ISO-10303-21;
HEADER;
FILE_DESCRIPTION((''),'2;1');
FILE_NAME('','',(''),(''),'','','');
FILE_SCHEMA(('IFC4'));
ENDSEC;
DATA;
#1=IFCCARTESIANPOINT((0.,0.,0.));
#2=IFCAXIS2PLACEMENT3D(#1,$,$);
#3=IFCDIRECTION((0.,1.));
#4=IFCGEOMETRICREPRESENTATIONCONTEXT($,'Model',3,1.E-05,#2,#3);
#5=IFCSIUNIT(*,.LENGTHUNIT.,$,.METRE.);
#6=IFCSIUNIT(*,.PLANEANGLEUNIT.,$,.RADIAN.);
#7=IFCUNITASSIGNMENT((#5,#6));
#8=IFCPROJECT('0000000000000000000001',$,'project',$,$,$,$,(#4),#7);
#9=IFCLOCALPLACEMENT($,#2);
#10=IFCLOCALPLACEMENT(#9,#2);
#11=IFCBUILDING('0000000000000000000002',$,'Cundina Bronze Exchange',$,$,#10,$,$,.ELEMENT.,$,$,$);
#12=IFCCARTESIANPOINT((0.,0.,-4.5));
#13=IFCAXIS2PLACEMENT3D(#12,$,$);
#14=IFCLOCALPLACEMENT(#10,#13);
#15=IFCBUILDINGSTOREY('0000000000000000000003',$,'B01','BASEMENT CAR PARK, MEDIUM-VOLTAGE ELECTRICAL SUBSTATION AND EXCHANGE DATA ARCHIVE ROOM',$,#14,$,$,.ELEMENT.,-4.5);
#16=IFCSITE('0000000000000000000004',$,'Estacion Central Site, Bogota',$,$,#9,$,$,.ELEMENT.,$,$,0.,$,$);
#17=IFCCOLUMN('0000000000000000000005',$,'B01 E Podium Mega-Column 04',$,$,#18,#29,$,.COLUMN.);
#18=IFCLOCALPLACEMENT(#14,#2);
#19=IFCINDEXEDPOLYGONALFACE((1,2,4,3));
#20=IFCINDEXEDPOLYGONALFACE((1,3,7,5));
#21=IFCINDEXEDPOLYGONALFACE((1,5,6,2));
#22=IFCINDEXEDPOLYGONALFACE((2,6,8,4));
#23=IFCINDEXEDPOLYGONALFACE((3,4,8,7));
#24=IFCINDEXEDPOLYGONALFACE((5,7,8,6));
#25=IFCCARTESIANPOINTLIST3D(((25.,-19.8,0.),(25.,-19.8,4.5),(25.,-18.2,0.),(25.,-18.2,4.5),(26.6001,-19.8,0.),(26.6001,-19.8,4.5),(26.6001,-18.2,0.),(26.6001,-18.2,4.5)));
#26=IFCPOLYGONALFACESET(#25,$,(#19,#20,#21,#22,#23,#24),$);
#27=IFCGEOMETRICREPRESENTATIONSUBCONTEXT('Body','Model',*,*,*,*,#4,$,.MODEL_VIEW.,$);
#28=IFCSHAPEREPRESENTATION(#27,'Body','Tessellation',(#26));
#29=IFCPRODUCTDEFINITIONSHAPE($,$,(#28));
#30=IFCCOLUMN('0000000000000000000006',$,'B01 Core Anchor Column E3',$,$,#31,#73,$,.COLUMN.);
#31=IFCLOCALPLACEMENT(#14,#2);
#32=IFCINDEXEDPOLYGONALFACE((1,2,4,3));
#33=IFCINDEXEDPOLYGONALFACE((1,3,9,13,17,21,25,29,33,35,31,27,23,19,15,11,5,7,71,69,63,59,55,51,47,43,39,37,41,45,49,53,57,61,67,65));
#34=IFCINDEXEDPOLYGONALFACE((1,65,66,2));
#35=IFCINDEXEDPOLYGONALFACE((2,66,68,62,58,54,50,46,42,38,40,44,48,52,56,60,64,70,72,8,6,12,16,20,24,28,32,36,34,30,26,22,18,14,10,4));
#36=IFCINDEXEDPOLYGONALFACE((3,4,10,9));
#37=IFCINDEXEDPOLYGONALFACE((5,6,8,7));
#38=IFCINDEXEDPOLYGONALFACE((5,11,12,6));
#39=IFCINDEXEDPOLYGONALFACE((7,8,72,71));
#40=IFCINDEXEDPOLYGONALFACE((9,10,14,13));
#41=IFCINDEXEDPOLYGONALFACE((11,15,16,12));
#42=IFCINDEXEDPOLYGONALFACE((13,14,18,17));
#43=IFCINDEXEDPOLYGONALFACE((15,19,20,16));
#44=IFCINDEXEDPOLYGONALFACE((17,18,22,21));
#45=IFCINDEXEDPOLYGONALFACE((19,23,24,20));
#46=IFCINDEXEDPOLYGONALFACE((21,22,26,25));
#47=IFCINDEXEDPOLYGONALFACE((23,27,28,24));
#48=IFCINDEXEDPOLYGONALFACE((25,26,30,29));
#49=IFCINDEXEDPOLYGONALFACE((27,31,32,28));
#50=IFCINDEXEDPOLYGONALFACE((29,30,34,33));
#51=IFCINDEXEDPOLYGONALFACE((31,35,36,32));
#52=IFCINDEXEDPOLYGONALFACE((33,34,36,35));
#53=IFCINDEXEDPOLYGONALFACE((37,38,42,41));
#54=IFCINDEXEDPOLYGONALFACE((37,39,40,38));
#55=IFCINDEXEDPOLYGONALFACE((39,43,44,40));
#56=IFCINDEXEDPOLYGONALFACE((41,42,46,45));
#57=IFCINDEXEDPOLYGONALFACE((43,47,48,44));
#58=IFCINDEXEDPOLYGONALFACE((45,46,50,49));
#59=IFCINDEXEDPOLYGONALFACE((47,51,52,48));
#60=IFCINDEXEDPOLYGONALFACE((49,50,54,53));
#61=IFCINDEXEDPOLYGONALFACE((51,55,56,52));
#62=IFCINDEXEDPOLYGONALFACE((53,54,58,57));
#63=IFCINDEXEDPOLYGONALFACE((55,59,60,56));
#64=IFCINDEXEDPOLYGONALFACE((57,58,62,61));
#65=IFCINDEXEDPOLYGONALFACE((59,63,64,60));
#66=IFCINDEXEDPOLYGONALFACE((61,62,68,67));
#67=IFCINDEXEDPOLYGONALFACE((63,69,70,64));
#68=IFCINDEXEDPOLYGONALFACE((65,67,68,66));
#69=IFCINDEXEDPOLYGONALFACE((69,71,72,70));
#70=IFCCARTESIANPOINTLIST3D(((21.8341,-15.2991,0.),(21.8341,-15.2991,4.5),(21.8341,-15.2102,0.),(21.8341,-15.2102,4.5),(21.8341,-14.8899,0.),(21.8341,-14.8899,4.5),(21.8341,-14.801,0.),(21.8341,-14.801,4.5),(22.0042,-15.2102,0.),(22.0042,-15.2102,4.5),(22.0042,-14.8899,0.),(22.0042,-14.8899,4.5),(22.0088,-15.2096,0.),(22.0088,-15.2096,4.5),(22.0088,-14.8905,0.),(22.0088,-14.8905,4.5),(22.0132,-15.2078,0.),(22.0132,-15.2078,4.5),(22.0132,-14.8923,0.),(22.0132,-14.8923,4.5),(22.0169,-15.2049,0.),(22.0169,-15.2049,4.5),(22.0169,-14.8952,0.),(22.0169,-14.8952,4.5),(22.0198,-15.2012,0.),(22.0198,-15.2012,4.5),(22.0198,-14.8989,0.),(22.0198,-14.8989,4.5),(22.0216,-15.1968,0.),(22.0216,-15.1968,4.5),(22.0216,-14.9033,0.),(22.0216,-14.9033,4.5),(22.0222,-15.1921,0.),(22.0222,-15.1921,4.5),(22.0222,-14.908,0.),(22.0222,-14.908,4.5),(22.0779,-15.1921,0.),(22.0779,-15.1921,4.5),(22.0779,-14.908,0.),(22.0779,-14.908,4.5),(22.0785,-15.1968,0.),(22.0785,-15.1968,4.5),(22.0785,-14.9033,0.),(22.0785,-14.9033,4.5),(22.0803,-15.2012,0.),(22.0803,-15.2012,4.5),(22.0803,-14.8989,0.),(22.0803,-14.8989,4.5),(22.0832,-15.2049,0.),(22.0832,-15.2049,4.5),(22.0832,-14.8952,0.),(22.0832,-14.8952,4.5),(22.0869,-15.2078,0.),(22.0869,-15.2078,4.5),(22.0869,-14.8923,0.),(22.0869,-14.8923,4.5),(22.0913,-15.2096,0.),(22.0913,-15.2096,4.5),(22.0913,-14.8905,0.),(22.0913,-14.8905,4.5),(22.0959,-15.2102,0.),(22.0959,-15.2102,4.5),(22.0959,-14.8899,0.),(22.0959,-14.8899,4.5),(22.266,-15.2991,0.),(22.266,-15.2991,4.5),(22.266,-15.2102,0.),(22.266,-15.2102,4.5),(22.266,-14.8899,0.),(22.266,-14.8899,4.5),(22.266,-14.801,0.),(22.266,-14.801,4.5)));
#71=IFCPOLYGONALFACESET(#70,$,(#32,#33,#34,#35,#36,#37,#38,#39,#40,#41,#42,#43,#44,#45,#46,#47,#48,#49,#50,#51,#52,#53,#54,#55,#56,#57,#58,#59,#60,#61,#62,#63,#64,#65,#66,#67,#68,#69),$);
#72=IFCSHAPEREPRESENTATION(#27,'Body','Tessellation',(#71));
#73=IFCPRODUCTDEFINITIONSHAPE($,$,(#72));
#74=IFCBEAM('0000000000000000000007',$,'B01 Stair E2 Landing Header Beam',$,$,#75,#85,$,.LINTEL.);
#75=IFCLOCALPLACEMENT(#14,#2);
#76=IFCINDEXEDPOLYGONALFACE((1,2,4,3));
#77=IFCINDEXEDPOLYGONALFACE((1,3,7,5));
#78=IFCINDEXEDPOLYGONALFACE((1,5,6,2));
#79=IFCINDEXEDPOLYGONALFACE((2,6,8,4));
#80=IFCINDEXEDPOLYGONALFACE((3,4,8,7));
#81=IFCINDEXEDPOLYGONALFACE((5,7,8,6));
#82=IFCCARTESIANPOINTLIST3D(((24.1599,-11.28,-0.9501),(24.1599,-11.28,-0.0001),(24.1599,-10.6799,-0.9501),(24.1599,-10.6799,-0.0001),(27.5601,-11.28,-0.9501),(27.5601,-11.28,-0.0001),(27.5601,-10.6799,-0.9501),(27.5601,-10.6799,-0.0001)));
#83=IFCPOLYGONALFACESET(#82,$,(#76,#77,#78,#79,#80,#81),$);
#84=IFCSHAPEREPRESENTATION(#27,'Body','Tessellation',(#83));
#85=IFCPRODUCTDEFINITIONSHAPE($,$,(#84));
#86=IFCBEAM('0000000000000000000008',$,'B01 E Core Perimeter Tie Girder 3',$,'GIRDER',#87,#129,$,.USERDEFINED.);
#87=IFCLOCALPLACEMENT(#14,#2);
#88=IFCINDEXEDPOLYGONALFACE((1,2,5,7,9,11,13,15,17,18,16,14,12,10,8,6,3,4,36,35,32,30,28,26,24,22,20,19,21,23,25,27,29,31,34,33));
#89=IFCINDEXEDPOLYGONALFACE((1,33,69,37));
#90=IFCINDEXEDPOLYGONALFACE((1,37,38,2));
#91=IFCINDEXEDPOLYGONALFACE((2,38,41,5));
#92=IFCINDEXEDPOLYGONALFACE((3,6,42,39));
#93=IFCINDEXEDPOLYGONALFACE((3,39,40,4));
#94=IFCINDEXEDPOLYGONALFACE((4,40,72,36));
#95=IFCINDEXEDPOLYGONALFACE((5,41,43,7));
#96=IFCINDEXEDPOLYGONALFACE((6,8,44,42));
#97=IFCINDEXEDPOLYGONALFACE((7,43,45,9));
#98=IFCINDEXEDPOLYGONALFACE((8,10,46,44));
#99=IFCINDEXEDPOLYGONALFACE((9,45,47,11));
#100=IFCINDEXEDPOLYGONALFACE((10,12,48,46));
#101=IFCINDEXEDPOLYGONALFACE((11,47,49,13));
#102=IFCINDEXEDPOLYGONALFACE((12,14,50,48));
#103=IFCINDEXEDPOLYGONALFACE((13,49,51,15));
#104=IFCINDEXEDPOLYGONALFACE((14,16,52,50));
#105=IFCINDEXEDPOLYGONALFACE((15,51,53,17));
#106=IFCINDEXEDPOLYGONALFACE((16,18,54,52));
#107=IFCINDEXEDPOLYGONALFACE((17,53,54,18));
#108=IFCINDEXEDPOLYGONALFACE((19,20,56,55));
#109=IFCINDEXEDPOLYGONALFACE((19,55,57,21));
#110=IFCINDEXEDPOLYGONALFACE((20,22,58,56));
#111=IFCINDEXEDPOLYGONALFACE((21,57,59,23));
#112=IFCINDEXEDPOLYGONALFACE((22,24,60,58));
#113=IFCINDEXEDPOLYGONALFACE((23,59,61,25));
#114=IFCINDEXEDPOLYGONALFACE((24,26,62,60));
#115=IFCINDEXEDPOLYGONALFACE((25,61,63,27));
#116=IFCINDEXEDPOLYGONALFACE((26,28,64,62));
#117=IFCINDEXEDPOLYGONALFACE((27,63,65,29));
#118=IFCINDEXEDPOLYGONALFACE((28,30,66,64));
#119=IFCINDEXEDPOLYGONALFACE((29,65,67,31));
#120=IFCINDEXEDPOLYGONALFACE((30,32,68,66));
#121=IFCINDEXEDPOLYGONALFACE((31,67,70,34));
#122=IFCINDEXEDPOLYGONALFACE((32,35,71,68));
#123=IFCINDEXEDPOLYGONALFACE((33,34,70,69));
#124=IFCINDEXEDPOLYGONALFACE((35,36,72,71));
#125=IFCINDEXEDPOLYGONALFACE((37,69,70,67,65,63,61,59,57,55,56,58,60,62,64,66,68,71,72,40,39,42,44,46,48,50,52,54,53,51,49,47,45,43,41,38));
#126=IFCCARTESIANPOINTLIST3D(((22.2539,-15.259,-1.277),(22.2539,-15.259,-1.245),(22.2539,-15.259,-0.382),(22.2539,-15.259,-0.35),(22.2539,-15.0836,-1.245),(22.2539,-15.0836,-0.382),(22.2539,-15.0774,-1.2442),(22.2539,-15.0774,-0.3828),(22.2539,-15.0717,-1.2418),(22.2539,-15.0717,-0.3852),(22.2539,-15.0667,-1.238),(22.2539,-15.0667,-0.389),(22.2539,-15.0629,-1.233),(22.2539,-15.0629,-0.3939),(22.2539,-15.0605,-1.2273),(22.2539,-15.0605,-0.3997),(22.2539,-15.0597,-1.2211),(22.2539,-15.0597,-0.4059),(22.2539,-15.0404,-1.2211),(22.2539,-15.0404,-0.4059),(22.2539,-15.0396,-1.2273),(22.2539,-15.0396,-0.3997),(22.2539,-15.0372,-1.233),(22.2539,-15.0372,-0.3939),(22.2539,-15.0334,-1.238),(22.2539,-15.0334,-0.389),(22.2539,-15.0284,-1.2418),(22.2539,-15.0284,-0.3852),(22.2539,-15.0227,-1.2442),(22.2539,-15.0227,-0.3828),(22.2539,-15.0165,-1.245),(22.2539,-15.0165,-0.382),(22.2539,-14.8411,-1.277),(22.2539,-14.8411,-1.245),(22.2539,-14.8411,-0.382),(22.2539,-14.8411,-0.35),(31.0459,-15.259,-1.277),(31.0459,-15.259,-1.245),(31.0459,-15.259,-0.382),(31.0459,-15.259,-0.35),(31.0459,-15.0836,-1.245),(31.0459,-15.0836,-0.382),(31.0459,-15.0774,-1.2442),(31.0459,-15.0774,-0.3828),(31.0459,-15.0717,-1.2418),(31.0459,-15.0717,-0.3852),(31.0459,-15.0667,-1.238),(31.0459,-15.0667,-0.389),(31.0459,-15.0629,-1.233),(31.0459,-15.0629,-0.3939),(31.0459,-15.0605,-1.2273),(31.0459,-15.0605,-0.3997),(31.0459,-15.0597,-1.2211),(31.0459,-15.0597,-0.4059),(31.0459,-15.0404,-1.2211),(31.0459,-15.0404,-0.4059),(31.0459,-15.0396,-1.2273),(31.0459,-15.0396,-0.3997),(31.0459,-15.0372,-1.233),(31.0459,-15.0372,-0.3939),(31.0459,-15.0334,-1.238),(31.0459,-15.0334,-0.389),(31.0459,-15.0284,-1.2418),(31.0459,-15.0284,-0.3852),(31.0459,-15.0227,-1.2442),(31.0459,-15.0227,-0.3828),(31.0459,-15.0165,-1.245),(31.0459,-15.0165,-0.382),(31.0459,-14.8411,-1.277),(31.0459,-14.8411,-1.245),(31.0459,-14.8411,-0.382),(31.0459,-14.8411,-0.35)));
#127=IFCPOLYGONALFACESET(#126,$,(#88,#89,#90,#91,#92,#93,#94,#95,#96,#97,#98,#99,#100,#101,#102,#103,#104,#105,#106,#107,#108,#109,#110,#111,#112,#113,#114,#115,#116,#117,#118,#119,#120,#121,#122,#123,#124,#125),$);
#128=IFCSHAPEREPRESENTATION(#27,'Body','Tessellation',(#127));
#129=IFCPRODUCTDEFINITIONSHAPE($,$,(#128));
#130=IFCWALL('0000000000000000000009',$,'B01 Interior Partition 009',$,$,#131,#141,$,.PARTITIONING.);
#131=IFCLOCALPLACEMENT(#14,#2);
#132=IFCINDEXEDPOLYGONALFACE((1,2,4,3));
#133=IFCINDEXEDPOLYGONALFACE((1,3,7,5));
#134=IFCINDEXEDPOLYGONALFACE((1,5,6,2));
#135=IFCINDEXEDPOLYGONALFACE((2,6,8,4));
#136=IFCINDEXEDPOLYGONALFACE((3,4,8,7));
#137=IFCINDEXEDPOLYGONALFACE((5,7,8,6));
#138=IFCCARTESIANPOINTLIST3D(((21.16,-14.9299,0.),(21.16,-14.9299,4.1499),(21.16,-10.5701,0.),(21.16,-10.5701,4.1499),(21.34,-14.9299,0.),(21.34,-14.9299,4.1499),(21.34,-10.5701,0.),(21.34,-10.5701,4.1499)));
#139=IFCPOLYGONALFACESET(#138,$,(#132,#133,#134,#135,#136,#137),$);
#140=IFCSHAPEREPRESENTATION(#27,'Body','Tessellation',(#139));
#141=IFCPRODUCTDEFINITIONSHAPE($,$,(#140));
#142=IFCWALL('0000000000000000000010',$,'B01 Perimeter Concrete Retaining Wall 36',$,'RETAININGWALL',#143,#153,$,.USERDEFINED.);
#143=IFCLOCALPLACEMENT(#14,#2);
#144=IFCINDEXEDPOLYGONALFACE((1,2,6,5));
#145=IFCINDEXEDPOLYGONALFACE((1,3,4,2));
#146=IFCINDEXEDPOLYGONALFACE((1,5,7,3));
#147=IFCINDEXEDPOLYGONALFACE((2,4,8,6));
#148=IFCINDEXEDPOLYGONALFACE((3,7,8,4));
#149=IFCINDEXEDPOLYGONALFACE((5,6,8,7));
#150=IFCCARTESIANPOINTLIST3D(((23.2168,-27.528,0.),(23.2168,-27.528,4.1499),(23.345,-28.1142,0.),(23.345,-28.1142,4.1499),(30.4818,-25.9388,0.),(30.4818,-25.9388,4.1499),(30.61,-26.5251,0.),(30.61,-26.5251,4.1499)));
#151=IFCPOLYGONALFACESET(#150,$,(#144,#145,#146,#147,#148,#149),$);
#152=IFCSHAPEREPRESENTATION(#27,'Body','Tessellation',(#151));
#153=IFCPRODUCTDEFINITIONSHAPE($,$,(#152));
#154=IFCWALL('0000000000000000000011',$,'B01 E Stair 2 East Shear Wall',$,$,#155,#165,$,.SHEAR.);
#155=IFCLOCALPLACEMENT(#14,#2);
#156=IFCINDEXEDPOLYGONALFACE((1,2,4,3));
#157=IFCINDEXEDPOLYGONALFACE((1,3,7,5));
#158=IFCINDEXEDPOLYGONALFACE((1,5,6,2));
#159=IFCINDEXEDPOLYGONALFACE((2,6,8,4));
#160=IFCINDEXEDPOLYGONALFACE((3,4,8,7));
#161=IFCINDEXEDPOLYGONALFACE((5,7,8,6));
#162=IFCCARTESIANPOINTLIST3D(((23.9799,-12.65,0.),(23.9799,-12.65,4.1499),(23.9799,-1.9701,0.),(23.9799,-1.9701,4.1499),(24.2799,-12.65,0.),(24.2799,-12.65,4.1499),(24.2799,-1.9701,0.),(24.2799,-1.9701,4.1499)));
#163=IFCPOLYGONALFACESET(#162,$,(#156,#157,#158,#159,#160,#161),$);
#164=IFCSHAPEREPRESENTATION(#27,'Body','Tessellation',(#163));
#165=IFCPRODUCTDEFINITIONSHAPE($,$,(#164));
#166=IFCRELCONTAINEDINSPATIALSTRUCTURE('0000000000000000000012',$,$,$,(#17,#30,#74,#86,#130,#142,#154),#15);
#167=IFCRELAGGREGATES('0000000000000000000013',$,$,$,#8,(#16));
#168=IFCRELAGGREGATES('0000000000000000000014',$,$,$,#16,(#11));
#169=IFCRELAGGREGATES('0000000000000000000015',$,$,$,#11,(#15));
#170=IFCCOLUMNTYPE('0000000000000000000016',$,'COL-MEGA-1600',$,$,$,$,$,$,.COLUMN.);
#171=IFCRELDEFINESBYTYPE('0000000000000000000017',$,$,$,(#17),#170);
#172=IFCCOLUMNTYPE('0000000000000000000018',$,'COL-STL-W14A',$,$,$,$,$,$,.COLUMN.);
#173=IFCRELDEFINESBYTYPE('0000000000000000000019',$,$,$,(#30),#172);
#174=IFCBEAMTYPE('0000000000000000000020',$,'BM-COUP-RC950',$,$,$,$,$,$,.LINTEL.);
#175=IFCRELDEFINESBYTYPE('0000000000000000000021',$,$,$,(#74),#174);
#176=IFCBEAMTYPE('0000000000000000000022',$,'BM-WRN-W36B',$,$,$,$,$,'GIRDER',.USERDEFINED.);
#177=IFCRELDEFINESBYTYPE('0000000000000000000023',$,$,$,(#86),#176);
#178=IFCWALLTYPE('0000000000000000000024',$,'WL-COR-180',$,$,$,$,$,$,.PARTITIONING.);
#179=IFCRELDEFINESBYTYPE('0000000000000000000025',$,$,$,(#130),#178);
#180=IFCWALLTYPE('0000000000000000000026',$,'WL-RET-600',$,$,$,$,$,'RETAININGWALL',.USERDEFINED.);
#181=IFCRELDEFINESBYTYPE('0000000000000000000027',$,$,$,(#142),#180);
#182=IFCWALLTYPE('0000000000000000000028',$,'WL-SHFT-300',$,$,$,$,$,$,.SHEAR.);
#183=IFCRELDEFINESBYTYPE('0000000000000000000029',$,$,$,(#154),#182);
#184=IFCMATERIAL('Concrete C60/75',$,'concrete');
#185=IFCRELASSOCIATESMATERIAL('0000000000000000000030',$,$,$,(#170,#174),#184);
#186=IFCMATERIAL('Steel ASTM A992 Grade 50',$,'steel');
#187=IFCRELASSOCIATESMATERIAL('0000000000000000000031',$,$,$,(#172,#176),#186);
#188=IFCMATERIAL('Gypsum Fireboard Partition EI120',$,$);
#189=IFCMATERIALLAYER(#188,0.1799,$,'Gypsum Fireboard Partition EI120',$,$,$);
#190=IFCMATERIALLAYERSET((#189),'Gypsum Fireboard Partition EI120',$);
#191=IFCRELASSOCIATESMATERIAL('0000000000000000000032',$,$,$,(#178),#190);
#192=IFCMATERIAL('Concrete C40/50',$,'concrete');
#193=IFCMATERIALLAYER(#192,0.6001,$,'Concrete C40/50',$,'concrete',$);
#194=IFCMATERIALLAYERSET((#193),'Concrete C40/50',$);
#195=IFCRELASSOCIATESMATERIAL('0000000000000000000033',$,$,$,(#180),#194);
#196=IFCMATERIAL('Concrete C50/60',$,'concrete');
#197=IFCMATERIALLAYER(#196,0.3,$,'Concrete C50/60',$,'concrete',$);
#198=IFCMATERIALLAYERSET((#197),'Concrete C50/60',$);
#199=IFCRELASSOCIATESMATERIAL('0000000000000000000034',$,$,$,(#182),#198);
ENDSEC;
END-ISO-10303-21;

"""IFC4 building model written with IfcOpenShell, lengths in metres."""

from ifc_helpers import new_model, si_unit, direction, frame, frame_2d, origin, origin_2d, place, context, subcontext, project, spatial, rectangle, i_section, extrude, material, layer, layer_set, material_profile, profile_set, type_object, element, save


model = new_model("IFC4")

# Units and contexts
model_context = context("Model", 3, precision=1e-05, world=origin(), true_north=direction((0.0, 1.0)))
body_context = subcontext(model_context, "Body", "Model", "MODEL_VIEW")
ifc_project = project(units=[si_unit("LENGTHUNIT", "METRE"), si_unit("PLANEANGLEUNIT", "RADIAN")], contexts=[model_context])

# Site, building, storey
site_placement = place(None, origin())
site = spatial("IfcSite", under=ifc_project, at=site_placement, Name="Estacion Central Site, Bogota", CompositionType="ELEMENT", RefElevation=0.0)
building_placement = place(site_placement, origin())
building = spatial("IfcBuilding", under=site, at=building_placement, Name="Cundina Bronze Exchange", CompositionType="ELEMENT")
storey_placement = place(building_placement, frame((0.0, 0.0, -4.5)))
storey = spatial("IfcBuildingStorey", under=building, at=storey_placement, Name="B01", Description="BASEMENT CAR PARK, MEDIUM-VOLTAGE ELECTRICAL SUBSTATION AND EXCHANGE DATA ARCHIVE ROOM", CompositionType="ELEMENT", Elevation=-4.5)

# Columns
ifc_material_1 = material(Name="Concrete C60/75", Category="concrete")
ifc_material_profile_1 = material_profile(ifc_material_1, rectangle(XDim=1.6001, YDim=1.6001, at=origin_2d()), Name="RC1600X1600", Category="concrete")
ifc_profile_set_1 = profile_set([ifc_material_profile_1], Name="Concrete C60/75")
column_type_1 = type_object("IfcColumnType", Name="COL-MEGA-1600", PredefinedType="COLUMN", material=ifc_profile_set_1)
column_1_placement = place(storey_placement, frame((25.8, -19.0, 0.0), z_axis=(0.0, 0.0, 1.0), x_axis=(1.0, 0.0, 0.0)))
element("IfcColumn", 1, at=column_1_placement, inside=storey, type_object=column_type_1, Name="B01 E Podium Mega-Column 04", PredefinedType="COLUMN", context=body_context, shape_type="SweptSolid", body=[
    extrude(rectangle(XDim=1.6001, YDim=1.6001, at=origin_2d()), origin(), (0.0, 0.0, 1.0), 4.5),
])
ifc_material_2 = material(Name="Steel ASTM A992 Grade 50", Category="steel")
ifc_material_profile_2 = material_profile(ifc_material_2, i_section(OverallWidth=0.4319, OverallDepth=0.498, WebThickness=0.0557, FlangeThickness=0.0889, FilletRadius=0.0181, at=origin_2d()), Name="W14X500", Category="steel")
ifc_profile_set_2 = profile_set([ifc_material_profile_2], Name="Steel ASTM A992 Grade 50")
column_type_2 = type_object("IfcColumnType", Name="COL-STL-W14A", PredefinedType="COLUMN", material=ifc_profile_set_2)
column_2_placement = place(storey_placement, frame((22.05, -15.05, 0.0), z_axis=(0.0, 0.0, 1.0), x_axis=(1.0, 0.0, 0.0)))
element("IfcColumn", 2, at=column_2_placement, inside=storey, type_object=column_type_2, Name="B01 Core Anchor Column E3", PredefinedType="COLUMN", context=body_context, shape_type="SweptSolid", body=[
    extrude(i_section(OverallWidth=0.4319, OverallDepth=0.498, WebThickness=0.0557, FlangeThickness=0.0889, FilletRadius=0.0181, at=origin_2d()), origin(), (0.0, 0.0, 1.0), 4.5),
])

# Beams
ifc_material_profile_3 = material_profile(ifc_material_1, rectangle(XDim=0.6001, YDim=0.95, at=origin_2d()), Name="RC600X950", Category="concrete")
ifc_profile_set_3 = profile_set([ifc_material_profile_3], Name="Concrete C60/75")
beam_type_1 = type_object("IfcBeamType", Name="BM-COUP-RC950", PredefinedType="LINTEL", material=ifc_profile_set_3)
beam_1_placement = place(storey_placement, frame((24.1599, -10.98, -0.4751), z_axis=(1.0, 0.0, 0.0), x_axis=(0.0, 1.0, 0.0)))
element("IfcBeam", 3, at=beam_1_placement, inside=storey, type_object=beam_type_1, Name="B01 Stair E2 Landing Header Beam", PredefinedType="LINTEL", context=body_context, shape_type="SweptSolid", body=[
    extrude(rectangle(XDim=0.6001, YDim=0.95, at=origin_2d()), origin(), (0.0, 0.0, 1.0), 3.4001),
])
ifc_material_profile_4 = material_profile(ifc_material_2, i_section(OverallWidth=0.418, OverallDepth=0.927, WebThickness=0.0193, FlangeThickness=0.032, FilletRadius=0.0239, at=origin_2d()), Name="W36X231", Category="steel")
ifc_profile_set_4 = profile_set([ifc_material_profile_4], Name="Steel ASTM A992 Grade 50")
beam_type_2 = type_object("IfcBeamType", Name="BM-WRN-W36B", ElementType="GIRDER", PredefinedType="USERDEFINED", material=ifc_profile_set_4)
beam_2_placement = place(storey_placement, frame((22.2539, -15.05, -0.8135), z_axis=(1.0, 0.0, 0.0), x_axis=(0.0, 1.0, 0.0)))
element("IfcBeam", 4, at=beam_2_placement, inside=storey, type_object=beam_type_2, Name="B01 E Core Perimeter Tie Girder 3", ObjectType="GIRDER", PredefinedType="USERDEFINED", context=body_context, shape_type="SweptSolid", body=[
    extrude(i_section(OverallWidth=0.418, OverallDepth=0.927, WebThickness=0.0193, FlangeThickness=0.032, FilletRadius=0.0239, at=origin_2d()), origin(), (0.0, 0.0, 1.0), 8.792),
])

# Walls
ifc_material_3 = material(Name="Gypsum Fireboard Partition EI120")
ifc_layer_1 = layer(ifc_material_3, 0.1799, Name="Gypsum Fireboard Partition EI120")
ifc_layer_set_1 = layer_set([ifc_layer_1], Name="Gypsum Fireboard Partition EI120")
wall_type_1 = type_object("IfcWallType", Name="WL-COR-180", PredefinedType="PARTITIONING", material=ifc_layer_set_1)
wall_1_placement = place(storey_placement, frame((21.25, -14.9299, 0.0), z_axis=(0.0, 0.0, 1.0), x_axis=(0.0, 1.0, 0.0)))
element("IfcWall", 5, at=wall_1_placement, inside=storey, type_object=wall_type_1, Name="B01 Interior Partition 009", PredefinedType="PARTITIONING", context=body_context, shape_type="SweptSolid", body=[
    extrude(rectangle(XDim=4.3599, YDim=0.1799, at=frame_2d((2.1799, 0.0))), origin(), (0.0, 0.0, 1.0), 4.1499),
])
ifc_material_4 = material(Name="Concrete C40/50", Category="concrete")
ifc_layer_2 = layer(ifc_material_4, 0.6001, Name="Concrete C40/50", Category="concrete")
ifc_layer_set_2 = layer_set([ifc_layer_2], Name="Concrete C40/50")
wall_type_2 = type_object("IfcWallType", Name="WL-RET-600", ElementType="RETAININGWALL", PredefinedType="USERDEFINED", material=ifc_layer_set_2)
wall_2_placement = place(storey_placement, frame((23.281, -27.821, 0.0), z_axis=(0.0, 0.0, 1.0), x_axis=(0.976902, 0.213686, 0.0)))
element("IfcWall", 6, at=wall_2_placement, inside=storey, type_object=wall_type_2, Name="B01 Perimeter Concrete Retaining Wall 36", ObjectType="RETAININGWALL", PredefinedType="USERDEFINED", context=body_context, shape_type="SweptSolid", body=[
    extrude(rectangle(XDim=7.4368, YDim=0.6001, at=frame_2d((3.7183, 0.0))), origin(), (0.0, 0.0, 1.0), 4.1499),
])
ifc_material_5 = material(Name="Concrete C50/60", Category="concrete")
ifc_layer_3 = layer(ifc_material_5, 0.3, Name="Concrete C50/60", Category="concrete")
ifc_layer_set_3 = layer_set([ifc_layer_3], Name="Concrete C50/60")
wall_type_3 = type_object("IfcWallType", Name="WL-SHFT-300", PredefinedType="SHEAR", material=ifc_layer_set_3)
wall_3_placement = place(storey_placement, frame((24.1299, -12.6499, 0.0), z_axis=(0.0, 0.0, 1.0), x_axis=(0.0, 1.0, 0.0)))
element("IfcWall", 7, at=wall_3_placement, inside=storey, type_object=wall_type_3, Name="B01 E Stair 2 East Shear Wall", PredefinedType="SHEAR", context=body_context, shape_type="SweptSolid", body=[
    extrude(rectangle(XDim=10.6799, YDim=0.3, at=frame_2d((5.3398, 0.0))), origin(), (0.0, 0.0, 1.0), 4.1499),
])

save(model, "model.ifc")
